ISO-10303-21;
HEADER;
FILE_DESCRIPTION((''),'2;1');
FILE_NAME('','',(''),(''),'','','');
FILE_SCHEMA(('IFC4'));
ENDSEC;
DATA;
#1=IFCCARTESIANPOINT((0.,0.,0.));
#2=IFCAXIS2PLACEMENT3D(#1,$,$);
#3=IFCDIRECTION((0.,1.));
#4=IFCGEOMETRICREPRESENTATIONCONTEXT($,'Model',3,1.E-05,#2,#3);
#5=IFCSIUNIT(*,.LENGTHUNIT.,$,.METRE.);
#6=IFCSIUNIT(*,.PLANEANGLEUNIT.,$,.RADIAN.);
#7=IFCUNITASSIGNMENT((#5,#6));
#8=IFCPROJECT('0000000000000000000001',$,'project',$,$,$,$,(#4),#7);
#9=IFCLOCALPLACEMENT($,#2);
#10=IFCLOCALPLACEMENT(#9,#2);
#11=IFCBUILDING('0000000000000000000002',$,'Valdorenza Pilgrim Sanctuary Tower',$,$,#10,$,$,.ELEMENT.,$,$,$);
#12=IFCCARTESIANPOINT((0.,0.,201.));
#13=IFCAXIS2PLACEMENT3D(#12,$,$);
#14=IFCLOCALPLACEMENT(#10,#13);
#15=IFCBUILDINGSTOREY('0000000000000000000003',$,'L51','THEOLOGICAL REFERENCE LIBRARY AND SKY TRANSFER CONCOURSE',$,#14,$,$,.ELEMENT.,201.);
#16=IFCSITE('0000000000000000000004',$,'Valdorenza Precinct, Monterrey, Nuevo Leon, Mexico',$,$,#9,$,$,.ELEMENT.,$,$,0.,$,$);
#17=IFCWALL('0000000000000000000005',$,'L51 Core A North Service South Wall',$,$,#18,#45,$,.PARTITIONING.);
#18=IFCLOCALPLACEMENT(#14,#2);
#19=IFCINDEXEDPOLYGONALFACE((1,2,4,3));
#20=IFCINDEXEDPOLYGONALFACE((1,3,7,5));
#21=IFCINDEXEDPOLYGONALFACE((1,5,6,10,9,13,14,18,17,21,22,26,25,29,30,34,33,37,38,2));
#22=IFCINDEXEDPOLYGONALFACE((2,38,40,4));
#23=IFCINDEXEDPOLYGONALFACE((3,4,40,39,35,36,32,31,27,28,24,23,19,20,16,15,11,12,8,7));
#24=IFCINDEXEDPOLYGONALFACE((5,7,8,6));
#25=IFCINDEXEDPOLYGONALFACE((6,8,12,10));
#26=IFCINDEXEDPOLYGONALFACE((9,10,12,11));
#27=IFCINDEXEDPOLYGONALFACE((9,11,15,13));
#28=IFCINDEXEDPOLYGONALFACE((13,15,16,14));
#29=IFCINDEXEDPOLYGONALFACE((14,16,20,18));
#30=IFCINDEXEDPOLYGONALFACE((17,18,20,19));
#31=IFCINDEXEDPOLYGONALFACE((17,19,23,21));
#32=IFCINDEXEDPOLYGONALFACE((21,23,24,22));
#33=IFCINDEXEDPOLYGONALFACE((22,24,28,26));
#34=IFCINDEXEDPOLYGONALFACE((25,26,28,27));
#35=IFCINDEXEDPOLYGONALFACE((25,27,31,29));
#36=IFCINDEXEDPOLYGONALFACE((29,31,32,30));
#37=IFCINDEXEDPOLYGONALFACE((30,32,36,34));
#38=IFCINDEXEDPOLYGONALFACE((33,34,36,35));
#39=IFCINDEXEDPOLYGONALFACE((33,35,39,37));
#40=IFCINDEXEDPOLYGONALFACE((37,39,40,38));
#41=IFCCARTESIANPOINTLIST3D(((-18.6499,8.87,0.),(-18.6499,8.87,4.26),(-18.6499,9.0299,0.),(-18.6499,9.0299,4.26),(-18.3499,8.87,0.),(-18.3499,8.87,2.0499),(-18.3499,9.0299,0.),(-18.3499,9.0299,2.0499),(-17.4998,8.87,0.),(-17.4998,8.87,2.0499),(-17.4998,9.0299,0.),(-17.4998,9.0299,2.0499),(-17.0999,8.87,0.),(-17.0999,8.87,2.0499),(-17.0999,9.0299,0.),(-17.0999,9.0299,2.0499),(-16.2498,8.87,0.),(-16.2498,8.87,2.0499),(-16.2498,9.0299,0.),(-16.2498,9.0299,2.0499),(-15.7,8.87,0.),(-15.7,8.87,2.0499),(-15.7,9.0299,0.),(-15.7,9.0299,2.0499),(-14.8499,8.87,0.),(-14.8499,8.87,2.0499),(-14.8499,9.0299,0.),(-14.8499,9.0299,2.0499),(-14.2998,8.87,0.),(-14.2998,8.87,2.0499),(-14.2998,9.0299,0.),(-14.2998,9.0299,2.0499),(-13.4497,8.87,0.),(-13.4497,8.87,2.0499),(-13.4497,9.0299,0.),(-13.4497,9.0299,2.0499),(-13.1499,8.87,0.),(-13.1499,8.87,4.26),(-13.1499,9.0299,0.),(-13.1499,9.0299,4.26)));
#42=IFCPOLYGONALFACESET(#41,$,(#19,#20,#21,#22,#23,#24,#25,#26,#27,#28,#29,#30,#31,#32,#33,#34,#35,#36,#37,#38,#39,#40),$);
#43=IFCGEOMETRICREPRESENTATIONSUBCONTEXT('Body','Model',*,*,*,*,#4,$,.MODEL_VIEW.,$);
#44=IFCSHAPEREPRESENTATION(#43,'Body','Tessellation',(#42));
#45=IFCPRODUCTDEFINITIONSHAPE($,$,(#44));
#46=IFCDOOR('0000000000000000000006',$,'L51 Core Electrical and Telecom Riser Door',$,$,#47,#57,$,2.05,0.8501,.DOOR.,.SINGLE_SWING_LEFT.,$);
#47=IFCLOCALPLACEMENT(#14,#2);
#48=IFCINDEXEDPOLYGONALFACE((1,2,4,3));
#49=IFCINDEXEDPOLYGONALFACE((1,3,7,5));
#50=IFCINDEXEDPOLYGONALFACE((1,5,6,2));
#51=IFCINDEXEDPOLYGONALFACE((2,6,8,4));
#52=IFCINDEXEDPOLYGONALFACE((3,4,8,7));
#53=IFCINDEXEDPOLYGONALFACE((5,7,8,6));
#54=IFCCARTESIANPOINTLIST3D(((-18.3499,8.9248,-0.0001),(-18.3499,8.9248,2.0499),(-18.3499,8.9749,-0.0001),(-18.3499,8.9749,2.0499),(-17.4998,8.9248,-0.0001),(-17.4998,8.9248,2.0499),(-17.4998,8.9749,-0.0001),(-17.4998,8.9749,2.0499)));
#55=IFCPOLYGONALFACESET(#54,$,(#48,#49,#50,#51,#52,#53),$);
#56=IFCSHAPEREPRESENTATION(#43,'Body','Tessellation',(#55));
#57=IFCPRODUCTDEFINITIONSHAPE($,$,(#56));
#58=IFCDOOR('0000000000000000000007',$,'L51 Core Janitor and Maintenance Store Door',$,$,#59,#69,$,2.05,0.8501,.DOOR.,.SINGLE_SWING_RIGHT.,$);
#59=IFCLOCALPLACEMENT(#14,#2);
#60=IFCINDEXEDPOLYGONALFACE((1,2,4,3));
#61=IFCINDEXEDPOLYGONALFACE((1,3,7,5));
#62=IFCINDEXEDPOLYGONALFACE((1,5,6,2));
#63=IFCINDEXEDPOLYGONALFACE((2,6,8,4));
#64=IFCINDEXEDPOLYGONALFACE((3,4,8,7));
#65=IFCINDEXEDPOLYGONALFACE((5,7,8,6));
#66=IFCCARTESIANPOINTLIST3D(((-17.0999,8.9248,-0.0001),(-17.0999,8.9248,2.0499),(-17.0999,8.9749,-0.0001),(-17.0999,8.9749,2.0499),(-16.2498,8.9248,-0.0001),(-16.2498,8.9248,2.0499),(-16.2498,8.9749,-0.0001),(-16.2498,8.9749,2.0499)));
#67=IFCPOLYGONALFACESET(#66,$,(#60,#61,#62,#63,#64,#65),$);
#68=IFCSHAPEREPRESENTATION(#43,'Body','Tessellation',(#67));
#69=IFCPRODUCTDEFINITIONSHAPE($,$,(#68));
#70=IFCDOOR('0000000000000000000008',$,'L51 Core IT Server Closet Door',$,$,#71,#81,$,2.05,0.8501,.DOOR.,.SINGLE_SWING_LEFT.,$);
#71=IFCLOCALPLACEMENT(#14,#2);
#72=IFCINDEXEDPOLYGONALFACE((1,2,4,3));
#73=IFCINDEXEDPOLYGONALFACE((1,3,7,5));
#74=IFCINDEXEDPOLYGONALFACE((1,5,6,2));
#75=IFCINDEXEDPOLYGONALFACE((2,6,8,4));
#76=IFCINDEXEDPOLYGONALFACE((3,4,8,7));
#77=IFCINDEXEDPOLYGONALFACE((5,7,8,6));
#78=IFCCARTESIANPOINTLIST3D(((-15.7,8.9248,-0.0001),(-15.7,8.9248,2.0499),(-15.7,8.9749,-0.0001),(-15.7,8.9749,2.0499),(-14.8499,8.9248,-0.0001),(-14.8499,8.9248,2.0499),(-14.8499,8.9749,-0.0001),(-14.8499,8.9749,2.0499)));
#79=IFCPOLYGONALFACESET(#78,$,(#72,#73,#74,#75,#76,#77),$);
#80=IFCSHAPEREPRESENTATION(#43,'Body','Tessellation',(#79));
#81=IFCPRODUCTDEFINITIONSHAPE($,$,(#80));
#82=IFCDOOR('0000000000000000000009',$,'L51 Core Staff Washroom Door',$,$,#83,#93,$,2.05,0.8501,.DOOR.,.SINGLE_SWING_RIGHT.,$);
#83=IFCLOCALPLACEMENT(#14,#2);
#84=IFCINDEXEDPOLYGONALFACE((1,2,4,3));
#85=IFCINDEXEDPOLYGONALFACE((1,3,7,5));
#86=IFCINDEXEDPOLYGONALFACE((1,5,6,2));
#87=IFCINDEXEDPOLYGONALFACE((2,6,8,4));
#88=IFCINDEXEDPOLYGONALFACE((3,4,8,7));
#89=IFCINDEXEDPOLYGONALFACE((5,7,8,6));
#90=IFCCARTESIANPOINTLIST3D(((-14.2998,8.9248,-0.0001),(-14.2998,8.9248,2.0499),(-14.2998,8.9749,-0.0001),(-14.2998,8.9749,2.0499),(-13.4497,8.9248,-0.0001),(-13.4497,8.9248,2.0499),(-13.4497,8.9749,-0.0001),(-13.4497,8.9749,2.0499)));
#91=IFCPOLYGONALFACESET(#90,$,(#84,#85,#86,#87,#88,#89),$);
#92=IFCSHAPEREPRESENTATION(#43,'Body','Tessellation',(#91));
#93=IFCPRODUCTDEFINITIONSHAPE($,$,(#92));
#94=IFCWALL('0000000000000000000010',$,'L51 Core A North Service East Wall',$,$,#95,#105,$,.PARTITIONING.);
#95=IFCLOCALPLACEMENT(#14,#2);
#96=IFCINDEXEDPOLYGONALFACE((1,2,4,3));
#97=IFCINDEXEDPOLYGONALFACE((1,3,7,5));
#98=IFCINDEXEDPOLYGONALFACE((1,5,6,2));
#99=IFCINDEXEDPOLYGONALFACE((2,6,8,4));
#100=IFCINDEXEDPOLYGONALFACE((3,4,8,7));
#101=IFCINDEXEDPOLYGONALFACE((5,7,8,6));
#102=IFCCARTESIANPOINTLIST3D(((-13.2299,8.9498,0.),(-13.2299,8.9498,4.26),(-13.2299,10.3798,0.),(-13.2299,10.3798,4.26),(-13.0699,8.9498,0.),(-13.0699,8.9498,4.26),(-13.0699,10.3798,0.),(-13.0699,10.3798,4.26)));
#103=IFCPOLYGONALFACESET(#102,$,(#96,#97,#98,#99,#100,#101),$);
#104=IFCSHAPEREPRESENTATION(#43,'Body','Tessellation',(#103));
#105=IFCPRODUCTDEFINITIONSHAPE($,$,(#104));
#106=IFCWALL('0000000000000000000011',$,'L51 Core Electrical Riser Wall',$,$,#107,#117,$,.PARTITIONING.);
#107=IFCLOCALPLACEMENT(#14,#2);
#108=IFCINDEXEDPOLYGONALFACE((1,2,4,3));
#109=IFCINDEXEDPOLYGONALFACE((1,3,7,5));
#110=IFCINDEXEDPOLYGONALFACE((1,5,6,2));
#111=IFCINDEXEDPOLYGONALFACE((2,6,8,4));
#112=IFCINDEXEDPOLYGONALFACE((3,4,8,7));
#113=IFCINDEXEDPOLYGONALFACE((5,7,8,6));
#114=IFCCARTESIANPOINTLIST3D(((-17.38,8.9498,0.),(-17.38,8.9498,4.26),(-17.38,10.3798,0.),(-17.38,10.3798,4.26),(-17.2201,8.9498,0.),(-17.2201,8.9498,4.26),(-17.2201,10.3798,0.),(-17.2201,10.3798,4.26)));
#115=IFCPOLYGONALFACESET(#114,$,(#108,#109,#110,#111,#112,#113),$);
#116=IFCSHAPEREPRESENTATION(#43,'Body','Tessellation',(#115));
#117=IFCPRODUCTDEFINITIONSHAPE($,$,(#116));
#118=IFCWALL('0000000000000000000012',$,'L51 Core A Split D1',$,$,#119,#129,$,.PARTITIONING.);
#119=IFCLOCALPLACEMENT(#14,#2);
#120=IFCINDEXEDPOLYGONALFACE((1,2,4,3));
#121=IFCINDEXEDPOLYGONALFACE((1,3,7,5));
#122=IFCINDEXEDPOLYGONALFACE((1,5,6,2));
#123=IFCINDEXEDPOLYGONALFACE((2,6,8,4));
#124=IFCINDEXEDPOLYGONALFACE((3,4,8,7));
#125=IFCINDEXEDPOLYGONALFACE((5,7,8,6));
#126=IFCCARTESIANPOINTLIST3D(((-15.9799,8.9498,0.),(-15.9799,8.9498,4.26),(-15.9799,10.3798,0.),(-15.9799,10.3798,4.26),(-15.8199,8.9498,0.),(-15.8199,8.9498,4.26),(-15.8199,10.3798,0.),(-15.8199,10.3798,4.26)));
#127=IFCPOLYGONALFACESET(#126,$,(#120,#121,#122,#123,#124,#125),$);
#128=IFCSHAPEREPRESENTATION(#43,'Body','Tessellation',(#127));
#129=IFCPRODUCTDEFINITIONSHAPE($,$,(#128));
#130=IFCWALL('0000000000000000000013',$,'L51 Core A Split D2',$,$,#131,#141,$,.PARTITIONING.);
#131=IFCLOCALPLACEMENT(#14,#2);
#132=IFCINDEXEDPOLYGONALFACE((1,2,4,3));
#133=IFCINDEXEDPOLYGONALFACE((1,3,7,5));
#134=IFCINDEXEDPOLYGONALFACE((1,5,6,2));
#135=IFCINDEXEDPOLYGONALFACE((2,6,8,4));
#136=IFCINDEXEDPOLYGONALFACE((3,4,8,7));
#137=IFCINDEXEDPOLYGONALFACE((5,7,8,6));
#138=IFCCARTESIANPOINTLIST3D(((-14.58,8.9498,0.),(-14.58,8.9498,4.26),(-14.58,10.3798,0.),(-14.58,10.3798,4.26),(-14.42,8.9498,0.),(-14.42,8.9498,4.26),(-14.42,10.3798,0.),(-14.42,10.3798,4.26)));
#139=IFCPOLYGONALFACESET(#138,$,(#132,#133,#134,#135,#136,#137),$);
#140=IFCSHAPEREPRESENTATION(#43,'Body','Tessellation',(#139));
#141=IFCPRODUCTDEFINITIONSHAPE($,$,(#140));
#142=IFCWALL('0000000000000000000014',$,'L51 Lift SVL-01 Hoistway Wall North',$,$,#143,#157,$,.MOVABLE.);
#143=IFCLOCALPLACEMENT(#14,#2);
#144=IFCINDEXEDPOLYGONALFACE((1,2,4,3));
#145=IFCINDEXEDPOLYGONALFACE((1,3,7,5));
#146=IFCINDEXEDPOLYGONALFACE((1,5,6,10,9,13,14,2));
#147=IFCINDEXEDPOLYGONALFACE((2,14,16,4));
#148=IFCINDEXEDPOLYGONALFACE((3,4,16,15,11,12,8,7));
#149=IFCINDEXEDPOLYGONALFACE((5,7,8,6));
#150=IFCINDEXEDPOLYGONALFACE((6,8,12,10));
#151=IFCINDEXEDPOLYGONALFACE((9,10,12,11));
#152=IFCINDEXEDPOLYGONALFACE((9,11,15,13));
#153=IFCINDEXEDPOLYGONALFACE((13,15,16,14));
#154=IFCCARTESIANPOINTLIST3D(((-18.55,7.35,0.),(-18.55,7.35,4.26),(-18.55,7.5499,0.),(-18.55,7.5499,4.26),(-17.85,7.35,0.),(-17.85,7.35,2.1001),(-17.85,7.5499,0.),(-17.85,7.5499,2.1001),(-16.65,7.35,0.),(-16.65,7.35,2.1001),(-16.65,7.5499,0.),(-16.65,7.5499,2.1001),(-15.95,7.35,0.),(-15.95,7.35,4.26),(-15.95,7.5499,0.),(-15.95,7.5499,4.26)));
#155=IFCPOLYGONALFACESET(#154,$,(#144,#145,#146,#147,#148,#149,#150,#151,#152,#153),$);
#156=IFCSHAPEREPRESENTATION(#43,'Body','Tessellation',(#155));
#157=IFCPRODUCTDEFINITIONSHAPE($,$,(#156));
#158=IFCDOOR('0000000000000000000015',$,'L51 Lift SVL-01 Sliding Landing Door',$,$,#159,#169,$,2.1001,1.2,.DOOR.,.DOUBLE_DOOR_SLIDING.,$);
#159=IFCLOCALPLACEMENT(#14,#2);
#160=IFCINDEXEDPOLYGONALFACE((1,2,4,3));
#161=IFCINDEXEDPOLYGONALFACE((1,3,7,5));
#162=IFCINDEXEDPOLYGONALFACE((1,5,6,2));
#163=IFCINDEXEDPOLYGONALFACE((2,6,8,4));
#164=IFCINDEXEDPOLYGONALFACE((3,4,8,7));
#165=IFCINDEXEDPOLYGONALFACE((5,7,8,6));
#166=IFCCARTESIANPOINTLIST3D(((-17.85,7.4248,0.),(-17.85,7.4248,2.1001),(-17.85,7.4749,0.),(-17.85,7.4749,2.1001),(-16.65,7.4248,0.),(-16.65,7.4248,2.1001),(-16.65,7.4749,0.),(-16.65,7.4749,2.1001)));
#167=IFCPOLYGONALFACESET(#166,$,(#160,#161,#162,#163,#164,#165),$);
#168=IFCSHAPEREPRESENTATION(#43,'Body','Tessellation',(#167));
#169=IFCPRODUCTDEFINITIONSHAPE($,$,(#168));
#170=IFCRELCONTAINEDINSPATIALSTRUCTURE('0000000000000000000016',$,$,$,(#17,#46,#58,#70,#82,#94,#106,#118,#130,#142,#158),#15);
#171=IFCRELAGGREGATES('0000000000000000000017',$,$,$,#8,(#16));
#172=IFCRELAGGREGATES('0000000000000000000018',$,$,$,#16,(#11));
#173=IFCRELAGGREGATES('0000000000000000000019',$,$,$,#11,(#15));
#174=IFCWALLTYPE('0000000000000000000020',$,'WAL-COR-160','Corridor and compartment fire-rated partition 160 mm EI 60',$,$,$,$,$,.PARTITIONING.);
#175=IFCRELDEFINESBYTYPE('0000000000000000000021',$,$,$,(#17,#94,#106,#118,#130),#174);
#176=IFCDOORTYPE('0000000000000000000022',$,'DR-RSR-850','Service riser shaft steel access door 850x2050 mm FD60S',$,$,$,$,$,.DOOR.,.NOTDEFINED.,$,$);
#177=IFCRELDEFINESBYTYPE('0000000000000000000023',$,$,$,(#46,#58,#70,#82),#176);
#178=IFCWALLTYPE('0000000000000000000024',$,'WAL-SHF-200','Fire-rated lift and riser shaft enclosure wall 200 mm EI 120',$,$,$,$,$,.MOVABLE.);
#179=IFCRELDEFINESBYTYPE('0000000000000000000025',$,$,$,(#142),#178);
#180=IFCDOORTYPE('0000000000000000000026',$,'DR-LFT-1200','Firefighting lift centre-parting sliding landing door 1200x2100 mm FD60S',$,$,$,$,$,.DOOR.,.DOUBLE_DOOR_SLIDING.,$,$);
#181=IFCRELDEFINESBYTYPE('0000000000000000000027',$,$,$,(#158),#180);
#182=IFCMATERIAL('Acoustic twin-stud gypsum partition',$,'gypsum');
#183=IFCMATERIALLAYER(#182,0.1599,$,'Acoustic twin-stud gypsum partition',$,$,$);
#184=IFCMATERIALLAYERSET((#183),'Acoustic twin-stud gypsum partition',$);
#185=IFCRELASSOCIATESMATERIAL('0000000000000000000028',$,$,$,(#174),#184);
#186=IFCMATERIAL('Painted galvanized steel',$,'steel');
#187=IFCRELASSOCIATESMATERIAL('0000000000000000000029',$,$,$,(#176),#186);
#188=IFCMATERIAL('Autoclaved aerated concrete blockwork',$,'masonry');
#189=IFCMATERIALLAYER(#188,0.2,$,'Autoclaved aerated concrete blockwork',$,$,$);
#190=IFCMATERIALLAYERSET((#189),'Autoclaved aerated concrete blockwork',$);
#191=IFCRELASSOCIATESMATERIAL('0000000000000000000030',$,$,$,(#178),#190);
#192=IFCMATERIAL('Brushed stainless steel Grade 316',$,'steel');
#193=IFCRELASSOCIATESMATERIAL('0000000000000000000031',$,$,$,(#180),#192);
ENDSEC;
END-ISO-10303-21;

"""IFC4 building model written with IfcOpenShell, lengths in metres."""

from ifc_helpers import new_model, si_unit, direction, frame, frame_2d, origin, place, context, subcontext, project, spatial, rectangle, extrude, material, layer, layer_set, type_object, element, fill, save


model = new_model("IFC4")

# Units and contexts
model_context = context("Model", 3, precision=1e-05, world=origin(), true_north=direction((0.0, 1.0)))
body_context = subcontext(model_context, "Body", "Model", "MODEL_VIEW")
ifc_project = project(units=[si_unit("LENGTHUNIT", "METRE"), si_unit("PLANEANGLEUNIT", "RADIAN")], contexts=[model_context])

# Site, building, storey
site_placement = place(None, origin())
site = spatial("IfcSite", under=ifc_project, at=site_placement, Name="Valdorenza Precinct, Monterrey, Nuevo Leon, Mexico", CompositionType="ELEMENT", RefElevation=0.0)
building_placement = place(site_placement, origin())
building = spatial("IfcBuilding", under=site, at=building_placement, Name="Valdorenza Pilgrim Sanctuary Tower", CompositionType="ELEMENT")
storey_placement = place(building_placement, frame((0.0, 0.0, 201.0)))
storey = spatial("IfcBuildingStorey", under=building, at=storey_placement, Name="L51", Description="THEOLOGICAL REFERENCE LIBRARY AND SKY TRANSFER CONCOURSE", CompositionType="ELEMENT", Elevation=201.0)

# Wall, openings, doors
ifc_material_1 = material(Name="Acoustic twin-stud gypsum partition", Category="gypsum")
ifc_layer_1 = layer(ifc_material_1, 0.1599, Name="Acoustic twin-stud gypsum partition")
ifc_layer_set_1 = layer_set([ifc_layer_1], Name="Acoustic twin-stud gypsum partition")
wall_type_1 = type_object("IfcWallType", Name="WAL-COR-160", Description="Corridor and compartment fire-rated partition 160 mm EI 60", PredefinedType="PARTITIONING", material=ifc_layer_set_1)
wall_1_placement = place(storey_placement, frame((-18.6499, 8.95, 0.0), z_axis=(0.0, 0.0, 1.0), x_axis=(1.0, 0.0, 0.0)))
wall_1 = element("IfcWall", 1, at=wall_1_placement, inside=storey, type_object=wall_type_1, Name="L51 Core A North Service South Wall", PredefinedType="PARTITIONING", context=body_context, shape_type="SweptSolid", body=[
    extrude(rectangle(XDim=5.5, YDim=0.1599, at=frame_2d((2.75, 0.0))), origin(), (0.0, 0.0, 1.0), 4.26),
])
opening_1_placement = place(wall_1_placement, frame((0.3, 0.0, 0.0)))
opening_1 = element("IfcOpeningElement", 2, at=opening_1_placement, cuts=wall_1, PredefinedType="OPENING", context=body_context, shape_type="SweptSolid", body=[
    extrude(rectangle(XDim=0.8501, YDim=2.05, at=frame_2d((0.425, 1.0249))), frame((0.0, 0.0947, 0.0), z_axis=(0.0, -1.0, 0.0), x_axis=(1.0, 0.0, 0.0)), (0.0, 0.0, 1.0), 0.1897),
])
opening_2_placement = place(wall_1_placement, frame((1.55, 0.0, 0.0)))
opening_2 = element("IfcOpeningElement", 3, at=opening_2_placement, cuts=wall_1, PredefinedType="OPENING", context=body_context, shape_type="SweptSolid", body=[
    extrude(rectangle(XDim=0.8501, YDim=2.05, at=frame_2d((0.425, 1.0249))), frame((0.0, 0.0947, 0.0), z_axis=(0.0, -1.0, 0.0), x_axis=(1.0, 0.0, 0.0)), (0.0, 0.0, 1.0), 0.1897),
])
opening_3_placement = place(wall_1_placement, frame((2.95, 0.0, 0.0)))
opening_3 = element("IfcOpeningElement", 4, at=opening_3_placement, cuts=wall_1, PredefinedType="OPENING", context=body_context, shape_type="SweptSolid", body=[
    extrude(rectangle(XDim=0.8501, YDim=2.05, at=frame_2d((0.425, 1.0249))), frame((0.0, 0.0947, 0.0), z_axis=(0.0, -1.0, 0.0), x_axis=(1.0, 0.0, 0.0)), (0.0, 0.0, 1.0), 0.1897),
])
opening_4_placement = place(wall_1_placement, frame((4.3501, 0.0, 0.0)))
opening_4 = element("IfcOpeningElement", 5, at=opening_4_placement, cuts=wall_1, PredefinedType="OPENING", context=body_context, shape_type="SweptSolid", body=[
    extrude(rectangle(XDim=0.8501, YDim=2.05, at=frame_2d((0.425, 1.0249))), frame((0.0, 0.0947, 0.0), z_axis=(0.0, -1.0, 0.0), x_axis=(1.0, 0.0, 0.0)), (0.0, 0.0, 1.0), 0.1897),
])
ifc_material_2 = material(Name="Painted galvanized steel", Category="steel")
door_type_1 = type_object("IfcDoorType", Name="DR-RSR-850", Description="Service riser shaft steel access door 850x2050 mm FD60S", OperationType="NOTDEFINED", PredefinedType="DOOR", material=ifc_material_2)
door_1_placement = place(opening_1_placement, origin())
door_1 = element("IfcDoor", 6, at=door_1_placement, inside=storey, type_object=door_type_1, Name="L51 Core Electrical and Telecom Riser Door", OperationType="SINGLE_SWING_LEFT", OverallHeight=2.05, OverallWidth=0.8501, PredefinedType="DOOR", context=body_context, shape_type="SweptSolid", body=[
    extrude(rectangle(XDim=0.8501, YDim=2.05, at=frame_2d((0.425, 1.0249))), frame((0.0, 0.0249, 0.0), z_axis=(0.0, -1.0, 0.0), x_axis=(1.0, 0.0, 0.0)), (0.0, 0.0, 1.0), 0.05),
])
fill(opening_1, door_1)
door_2_placement = place(opening_2_placement, origin())
door_2 = element("IfcDoor", 7, at=door_2_placement, inside=storey, type_object=door_type_1, Name="L51 Core Janitor and Maintenance Store Door", OperationType="SINGLE_SWING_RIGHT", OverallHeight=2.05, OverallWidth=0.8501, PredefinedType="DOOR", context=body_context, shape_type="SweptSolid", body=[
    extrude(rectangle(XDim=0.8501, YDim=2.05, at=frame_2d((0.425, 1.0249))), frame((0.0, 0.0249, 0.0), z_axis=(0.0, -1.0, 0.0), x_axis=(1.0, 0.0, 0.0)), (0.0, 0.0, 1.0), 0.05),
])
fill(opening_2, door_2)
door_3_placement = place(opening_3_placement, origin())
door_3 = element("IfcDoor", 8, at=door_3_placement, inside=storey, type_object=door_type_1, Name="L51 Core IT Server Closet Door", OperationType="SINGLE_SWING_LEFT", OverallHeight=2.05, OverallWidth=0.8501, PredefinedType="DOOR", context=body_context, shape_type="SweptSolid", body=[
    extrude(rectangle(XDim=0.8501, YDim=2.05, at=frame_2d((0.425, 1.0249))), frame((0.0, 0.0249, 0.0), z_axis=(0.0, -1.0, 0.0), x_axis=(1.0, 0.0, 0.0)), (0.0, 0.0, 1.0), 0.05),
])
fill(opening_3, door_3)
door_4_placement = place(opening_4_placement, origin())
door_4 = element("IfcDoor", 9, at=door_4_placement, inside=storey, type_object=door_type_1, Name="L51 Core Staff Washroom Door", OperationType="SINGLE_SWING_RIGHT", OverallHeight=2.05, OverallWidth=0.8501, PredefinedType="DOOR", context=body_context, shape_type="SweptSolid", body=[
    extrude(rectangle(XDim=0.8501, YDim=2.05, at=frame_2d((0.425, 1.0249))), frame((0.0, 0.0249, 0.0), z_axis=(0.0, -1.0, 0.0), x_axis=(1.0, 0.0, 0.0)), (0.0, 0.0, 1.0), 0.05),
])
fill(opening_4, door_4)

# Walls
for number, where, z_axis, x_axis, name in (
    (10, (-13.1499, 8.95, 0.0), (0.0, 0.0, 1.0), (0.0, 1.0, 0.0), "L51 Core A North Service East Wall"),
    (11, (-17.3, 8.95, 0.0), (0.0, 0.0, 1.0), (0.0, 1.0, 0.0), "L51 Core Electrical Riser Wall"),
    (12, (-15.8999, 8.95, 0.0), (0.0, 0.0, 1.0), (0.0, 1.0, 0.0), "L51 Core A Split D1"),
    (13, (-14.5, 8.95, 0.0), (0.0, 0.0, 1.0), (0.0, 1.0, 0.0), "L51 Core A Split D2"),
):
    element("IfcWall", number, at=place(storey_placement, frame(where, z_axis=z_axis, x_axis=x_axis)), inside=storey, type_object=wall_type_1, Name=name, PredefinedType="PARTITIONING", context=body_context, shape_type="SweptSolid", body=[
        extrude(rectangle(XDim=1.4299, YDim=0.1599, at=frame_2d((0.7148, 0.0))), origin(), (0.0, 0.0, 1.0), 4.26),
    ])

# Wall, opening, door
ifc_material_3 = material(Name="Autoclaved aerated concrete blockwork", Category="masonry")
ifc_layer_2 = layer(ifc_material_3, 0.2, Name="Autoclaved aerated concrete blockwork")
ifc_layer_set_2 = layer_set([ifc_layer_2], Name="Autoclaved aerated concrete blockwork")
wall_type_2 = type_object("IfcWallType", Name="WAL-SHF-200", Description="Fire-rated lift and riser shaft enclosure wall 200 mm EI 120", PredefinedType="MOVABLE", material=ifc_layer_set_2)
wall_2_placement = place(storey_placement, frame((-18.55, 7.45, 0.0), z_axis=(0.0, 0.0, 1.0), x_axis=(1.0, 0.0, 0.0)))
wall_2 = element("IfcWall", 14, at=wall_2_placement, inside=storey, type_object=wall_type_2, Name="L51 Lift SVL-01 Hoistway Wall North", PredefinedType="MOVABLE", context=body_context, shape_type="SweptSolid", body=[
    extrude(rectangle(XDim=2.6001, YDim=0.2, at=frame_2d((1.3, 0.0))), origin(), (0.0, 0.0, 1.0), 4.26),
])
opening_5_placement = place(wall_2_placement, frame((0.7, 0.0, 0.0)))
opening_5 = element("IfcOpeningElement", 15, at=opening_5_placement, cuts=wall_2, PredefinedType="OPENING", context=body_context, shape_type="SweptSolid", body=[
    extrude(rectangle(XDim=1.2, YDim=2.1001, at=frame_2d((0.6001, 1.05))), frame((0.0, 0.1147, 0.0), z_axis=(0.0, -1.0, 0.0), x_axis=(1.0, 0.0, 0.0)), (0.0, 0.0, 1.0), 0.2297),
])
ifc_material_4 = material(Name="Brushed stainless steel Grade 316", Category="steel")
door_type_2 = type_object("IfcDoorType", Name="DR-LFT-1200", Description="Firefighting lift centre-parting sliding landing door 1200x2100 mm FD60S", OperationType="DOUBLE_DOOR_SLIDING", PredefinedType="DOOR", material=ifc_material_4)
door_5_placement = place(opening_5_placement, origin())
door_5 = element("IfcDoor", 16, at=door_5_placement, inside=storey, type_object=door_type_2, Name="L51 Lift SVL-01 Sliding Landing Door", OperationType="DOUBLE_DOOR_SLIDING", OverallHeight=2.1001, OverallWidth=1.2, PredefinedType="DOOR", context=body_context, shape_type="SweptSolid", body=[
    extrude(rectangle(XDim=1.2, YDim=2.1001, at=frame_2d((0.6001, 1.05))), frame((0.0, 0.0249, 0.0), z_axis=(0.0, -1.0, 0.0), x_axis=(1.0, 0.0, 0.0)), (0.0, 0.0, 1.0), 0.05),
])
fill(opening_5, door_5)

save(model, "model.ifc")
